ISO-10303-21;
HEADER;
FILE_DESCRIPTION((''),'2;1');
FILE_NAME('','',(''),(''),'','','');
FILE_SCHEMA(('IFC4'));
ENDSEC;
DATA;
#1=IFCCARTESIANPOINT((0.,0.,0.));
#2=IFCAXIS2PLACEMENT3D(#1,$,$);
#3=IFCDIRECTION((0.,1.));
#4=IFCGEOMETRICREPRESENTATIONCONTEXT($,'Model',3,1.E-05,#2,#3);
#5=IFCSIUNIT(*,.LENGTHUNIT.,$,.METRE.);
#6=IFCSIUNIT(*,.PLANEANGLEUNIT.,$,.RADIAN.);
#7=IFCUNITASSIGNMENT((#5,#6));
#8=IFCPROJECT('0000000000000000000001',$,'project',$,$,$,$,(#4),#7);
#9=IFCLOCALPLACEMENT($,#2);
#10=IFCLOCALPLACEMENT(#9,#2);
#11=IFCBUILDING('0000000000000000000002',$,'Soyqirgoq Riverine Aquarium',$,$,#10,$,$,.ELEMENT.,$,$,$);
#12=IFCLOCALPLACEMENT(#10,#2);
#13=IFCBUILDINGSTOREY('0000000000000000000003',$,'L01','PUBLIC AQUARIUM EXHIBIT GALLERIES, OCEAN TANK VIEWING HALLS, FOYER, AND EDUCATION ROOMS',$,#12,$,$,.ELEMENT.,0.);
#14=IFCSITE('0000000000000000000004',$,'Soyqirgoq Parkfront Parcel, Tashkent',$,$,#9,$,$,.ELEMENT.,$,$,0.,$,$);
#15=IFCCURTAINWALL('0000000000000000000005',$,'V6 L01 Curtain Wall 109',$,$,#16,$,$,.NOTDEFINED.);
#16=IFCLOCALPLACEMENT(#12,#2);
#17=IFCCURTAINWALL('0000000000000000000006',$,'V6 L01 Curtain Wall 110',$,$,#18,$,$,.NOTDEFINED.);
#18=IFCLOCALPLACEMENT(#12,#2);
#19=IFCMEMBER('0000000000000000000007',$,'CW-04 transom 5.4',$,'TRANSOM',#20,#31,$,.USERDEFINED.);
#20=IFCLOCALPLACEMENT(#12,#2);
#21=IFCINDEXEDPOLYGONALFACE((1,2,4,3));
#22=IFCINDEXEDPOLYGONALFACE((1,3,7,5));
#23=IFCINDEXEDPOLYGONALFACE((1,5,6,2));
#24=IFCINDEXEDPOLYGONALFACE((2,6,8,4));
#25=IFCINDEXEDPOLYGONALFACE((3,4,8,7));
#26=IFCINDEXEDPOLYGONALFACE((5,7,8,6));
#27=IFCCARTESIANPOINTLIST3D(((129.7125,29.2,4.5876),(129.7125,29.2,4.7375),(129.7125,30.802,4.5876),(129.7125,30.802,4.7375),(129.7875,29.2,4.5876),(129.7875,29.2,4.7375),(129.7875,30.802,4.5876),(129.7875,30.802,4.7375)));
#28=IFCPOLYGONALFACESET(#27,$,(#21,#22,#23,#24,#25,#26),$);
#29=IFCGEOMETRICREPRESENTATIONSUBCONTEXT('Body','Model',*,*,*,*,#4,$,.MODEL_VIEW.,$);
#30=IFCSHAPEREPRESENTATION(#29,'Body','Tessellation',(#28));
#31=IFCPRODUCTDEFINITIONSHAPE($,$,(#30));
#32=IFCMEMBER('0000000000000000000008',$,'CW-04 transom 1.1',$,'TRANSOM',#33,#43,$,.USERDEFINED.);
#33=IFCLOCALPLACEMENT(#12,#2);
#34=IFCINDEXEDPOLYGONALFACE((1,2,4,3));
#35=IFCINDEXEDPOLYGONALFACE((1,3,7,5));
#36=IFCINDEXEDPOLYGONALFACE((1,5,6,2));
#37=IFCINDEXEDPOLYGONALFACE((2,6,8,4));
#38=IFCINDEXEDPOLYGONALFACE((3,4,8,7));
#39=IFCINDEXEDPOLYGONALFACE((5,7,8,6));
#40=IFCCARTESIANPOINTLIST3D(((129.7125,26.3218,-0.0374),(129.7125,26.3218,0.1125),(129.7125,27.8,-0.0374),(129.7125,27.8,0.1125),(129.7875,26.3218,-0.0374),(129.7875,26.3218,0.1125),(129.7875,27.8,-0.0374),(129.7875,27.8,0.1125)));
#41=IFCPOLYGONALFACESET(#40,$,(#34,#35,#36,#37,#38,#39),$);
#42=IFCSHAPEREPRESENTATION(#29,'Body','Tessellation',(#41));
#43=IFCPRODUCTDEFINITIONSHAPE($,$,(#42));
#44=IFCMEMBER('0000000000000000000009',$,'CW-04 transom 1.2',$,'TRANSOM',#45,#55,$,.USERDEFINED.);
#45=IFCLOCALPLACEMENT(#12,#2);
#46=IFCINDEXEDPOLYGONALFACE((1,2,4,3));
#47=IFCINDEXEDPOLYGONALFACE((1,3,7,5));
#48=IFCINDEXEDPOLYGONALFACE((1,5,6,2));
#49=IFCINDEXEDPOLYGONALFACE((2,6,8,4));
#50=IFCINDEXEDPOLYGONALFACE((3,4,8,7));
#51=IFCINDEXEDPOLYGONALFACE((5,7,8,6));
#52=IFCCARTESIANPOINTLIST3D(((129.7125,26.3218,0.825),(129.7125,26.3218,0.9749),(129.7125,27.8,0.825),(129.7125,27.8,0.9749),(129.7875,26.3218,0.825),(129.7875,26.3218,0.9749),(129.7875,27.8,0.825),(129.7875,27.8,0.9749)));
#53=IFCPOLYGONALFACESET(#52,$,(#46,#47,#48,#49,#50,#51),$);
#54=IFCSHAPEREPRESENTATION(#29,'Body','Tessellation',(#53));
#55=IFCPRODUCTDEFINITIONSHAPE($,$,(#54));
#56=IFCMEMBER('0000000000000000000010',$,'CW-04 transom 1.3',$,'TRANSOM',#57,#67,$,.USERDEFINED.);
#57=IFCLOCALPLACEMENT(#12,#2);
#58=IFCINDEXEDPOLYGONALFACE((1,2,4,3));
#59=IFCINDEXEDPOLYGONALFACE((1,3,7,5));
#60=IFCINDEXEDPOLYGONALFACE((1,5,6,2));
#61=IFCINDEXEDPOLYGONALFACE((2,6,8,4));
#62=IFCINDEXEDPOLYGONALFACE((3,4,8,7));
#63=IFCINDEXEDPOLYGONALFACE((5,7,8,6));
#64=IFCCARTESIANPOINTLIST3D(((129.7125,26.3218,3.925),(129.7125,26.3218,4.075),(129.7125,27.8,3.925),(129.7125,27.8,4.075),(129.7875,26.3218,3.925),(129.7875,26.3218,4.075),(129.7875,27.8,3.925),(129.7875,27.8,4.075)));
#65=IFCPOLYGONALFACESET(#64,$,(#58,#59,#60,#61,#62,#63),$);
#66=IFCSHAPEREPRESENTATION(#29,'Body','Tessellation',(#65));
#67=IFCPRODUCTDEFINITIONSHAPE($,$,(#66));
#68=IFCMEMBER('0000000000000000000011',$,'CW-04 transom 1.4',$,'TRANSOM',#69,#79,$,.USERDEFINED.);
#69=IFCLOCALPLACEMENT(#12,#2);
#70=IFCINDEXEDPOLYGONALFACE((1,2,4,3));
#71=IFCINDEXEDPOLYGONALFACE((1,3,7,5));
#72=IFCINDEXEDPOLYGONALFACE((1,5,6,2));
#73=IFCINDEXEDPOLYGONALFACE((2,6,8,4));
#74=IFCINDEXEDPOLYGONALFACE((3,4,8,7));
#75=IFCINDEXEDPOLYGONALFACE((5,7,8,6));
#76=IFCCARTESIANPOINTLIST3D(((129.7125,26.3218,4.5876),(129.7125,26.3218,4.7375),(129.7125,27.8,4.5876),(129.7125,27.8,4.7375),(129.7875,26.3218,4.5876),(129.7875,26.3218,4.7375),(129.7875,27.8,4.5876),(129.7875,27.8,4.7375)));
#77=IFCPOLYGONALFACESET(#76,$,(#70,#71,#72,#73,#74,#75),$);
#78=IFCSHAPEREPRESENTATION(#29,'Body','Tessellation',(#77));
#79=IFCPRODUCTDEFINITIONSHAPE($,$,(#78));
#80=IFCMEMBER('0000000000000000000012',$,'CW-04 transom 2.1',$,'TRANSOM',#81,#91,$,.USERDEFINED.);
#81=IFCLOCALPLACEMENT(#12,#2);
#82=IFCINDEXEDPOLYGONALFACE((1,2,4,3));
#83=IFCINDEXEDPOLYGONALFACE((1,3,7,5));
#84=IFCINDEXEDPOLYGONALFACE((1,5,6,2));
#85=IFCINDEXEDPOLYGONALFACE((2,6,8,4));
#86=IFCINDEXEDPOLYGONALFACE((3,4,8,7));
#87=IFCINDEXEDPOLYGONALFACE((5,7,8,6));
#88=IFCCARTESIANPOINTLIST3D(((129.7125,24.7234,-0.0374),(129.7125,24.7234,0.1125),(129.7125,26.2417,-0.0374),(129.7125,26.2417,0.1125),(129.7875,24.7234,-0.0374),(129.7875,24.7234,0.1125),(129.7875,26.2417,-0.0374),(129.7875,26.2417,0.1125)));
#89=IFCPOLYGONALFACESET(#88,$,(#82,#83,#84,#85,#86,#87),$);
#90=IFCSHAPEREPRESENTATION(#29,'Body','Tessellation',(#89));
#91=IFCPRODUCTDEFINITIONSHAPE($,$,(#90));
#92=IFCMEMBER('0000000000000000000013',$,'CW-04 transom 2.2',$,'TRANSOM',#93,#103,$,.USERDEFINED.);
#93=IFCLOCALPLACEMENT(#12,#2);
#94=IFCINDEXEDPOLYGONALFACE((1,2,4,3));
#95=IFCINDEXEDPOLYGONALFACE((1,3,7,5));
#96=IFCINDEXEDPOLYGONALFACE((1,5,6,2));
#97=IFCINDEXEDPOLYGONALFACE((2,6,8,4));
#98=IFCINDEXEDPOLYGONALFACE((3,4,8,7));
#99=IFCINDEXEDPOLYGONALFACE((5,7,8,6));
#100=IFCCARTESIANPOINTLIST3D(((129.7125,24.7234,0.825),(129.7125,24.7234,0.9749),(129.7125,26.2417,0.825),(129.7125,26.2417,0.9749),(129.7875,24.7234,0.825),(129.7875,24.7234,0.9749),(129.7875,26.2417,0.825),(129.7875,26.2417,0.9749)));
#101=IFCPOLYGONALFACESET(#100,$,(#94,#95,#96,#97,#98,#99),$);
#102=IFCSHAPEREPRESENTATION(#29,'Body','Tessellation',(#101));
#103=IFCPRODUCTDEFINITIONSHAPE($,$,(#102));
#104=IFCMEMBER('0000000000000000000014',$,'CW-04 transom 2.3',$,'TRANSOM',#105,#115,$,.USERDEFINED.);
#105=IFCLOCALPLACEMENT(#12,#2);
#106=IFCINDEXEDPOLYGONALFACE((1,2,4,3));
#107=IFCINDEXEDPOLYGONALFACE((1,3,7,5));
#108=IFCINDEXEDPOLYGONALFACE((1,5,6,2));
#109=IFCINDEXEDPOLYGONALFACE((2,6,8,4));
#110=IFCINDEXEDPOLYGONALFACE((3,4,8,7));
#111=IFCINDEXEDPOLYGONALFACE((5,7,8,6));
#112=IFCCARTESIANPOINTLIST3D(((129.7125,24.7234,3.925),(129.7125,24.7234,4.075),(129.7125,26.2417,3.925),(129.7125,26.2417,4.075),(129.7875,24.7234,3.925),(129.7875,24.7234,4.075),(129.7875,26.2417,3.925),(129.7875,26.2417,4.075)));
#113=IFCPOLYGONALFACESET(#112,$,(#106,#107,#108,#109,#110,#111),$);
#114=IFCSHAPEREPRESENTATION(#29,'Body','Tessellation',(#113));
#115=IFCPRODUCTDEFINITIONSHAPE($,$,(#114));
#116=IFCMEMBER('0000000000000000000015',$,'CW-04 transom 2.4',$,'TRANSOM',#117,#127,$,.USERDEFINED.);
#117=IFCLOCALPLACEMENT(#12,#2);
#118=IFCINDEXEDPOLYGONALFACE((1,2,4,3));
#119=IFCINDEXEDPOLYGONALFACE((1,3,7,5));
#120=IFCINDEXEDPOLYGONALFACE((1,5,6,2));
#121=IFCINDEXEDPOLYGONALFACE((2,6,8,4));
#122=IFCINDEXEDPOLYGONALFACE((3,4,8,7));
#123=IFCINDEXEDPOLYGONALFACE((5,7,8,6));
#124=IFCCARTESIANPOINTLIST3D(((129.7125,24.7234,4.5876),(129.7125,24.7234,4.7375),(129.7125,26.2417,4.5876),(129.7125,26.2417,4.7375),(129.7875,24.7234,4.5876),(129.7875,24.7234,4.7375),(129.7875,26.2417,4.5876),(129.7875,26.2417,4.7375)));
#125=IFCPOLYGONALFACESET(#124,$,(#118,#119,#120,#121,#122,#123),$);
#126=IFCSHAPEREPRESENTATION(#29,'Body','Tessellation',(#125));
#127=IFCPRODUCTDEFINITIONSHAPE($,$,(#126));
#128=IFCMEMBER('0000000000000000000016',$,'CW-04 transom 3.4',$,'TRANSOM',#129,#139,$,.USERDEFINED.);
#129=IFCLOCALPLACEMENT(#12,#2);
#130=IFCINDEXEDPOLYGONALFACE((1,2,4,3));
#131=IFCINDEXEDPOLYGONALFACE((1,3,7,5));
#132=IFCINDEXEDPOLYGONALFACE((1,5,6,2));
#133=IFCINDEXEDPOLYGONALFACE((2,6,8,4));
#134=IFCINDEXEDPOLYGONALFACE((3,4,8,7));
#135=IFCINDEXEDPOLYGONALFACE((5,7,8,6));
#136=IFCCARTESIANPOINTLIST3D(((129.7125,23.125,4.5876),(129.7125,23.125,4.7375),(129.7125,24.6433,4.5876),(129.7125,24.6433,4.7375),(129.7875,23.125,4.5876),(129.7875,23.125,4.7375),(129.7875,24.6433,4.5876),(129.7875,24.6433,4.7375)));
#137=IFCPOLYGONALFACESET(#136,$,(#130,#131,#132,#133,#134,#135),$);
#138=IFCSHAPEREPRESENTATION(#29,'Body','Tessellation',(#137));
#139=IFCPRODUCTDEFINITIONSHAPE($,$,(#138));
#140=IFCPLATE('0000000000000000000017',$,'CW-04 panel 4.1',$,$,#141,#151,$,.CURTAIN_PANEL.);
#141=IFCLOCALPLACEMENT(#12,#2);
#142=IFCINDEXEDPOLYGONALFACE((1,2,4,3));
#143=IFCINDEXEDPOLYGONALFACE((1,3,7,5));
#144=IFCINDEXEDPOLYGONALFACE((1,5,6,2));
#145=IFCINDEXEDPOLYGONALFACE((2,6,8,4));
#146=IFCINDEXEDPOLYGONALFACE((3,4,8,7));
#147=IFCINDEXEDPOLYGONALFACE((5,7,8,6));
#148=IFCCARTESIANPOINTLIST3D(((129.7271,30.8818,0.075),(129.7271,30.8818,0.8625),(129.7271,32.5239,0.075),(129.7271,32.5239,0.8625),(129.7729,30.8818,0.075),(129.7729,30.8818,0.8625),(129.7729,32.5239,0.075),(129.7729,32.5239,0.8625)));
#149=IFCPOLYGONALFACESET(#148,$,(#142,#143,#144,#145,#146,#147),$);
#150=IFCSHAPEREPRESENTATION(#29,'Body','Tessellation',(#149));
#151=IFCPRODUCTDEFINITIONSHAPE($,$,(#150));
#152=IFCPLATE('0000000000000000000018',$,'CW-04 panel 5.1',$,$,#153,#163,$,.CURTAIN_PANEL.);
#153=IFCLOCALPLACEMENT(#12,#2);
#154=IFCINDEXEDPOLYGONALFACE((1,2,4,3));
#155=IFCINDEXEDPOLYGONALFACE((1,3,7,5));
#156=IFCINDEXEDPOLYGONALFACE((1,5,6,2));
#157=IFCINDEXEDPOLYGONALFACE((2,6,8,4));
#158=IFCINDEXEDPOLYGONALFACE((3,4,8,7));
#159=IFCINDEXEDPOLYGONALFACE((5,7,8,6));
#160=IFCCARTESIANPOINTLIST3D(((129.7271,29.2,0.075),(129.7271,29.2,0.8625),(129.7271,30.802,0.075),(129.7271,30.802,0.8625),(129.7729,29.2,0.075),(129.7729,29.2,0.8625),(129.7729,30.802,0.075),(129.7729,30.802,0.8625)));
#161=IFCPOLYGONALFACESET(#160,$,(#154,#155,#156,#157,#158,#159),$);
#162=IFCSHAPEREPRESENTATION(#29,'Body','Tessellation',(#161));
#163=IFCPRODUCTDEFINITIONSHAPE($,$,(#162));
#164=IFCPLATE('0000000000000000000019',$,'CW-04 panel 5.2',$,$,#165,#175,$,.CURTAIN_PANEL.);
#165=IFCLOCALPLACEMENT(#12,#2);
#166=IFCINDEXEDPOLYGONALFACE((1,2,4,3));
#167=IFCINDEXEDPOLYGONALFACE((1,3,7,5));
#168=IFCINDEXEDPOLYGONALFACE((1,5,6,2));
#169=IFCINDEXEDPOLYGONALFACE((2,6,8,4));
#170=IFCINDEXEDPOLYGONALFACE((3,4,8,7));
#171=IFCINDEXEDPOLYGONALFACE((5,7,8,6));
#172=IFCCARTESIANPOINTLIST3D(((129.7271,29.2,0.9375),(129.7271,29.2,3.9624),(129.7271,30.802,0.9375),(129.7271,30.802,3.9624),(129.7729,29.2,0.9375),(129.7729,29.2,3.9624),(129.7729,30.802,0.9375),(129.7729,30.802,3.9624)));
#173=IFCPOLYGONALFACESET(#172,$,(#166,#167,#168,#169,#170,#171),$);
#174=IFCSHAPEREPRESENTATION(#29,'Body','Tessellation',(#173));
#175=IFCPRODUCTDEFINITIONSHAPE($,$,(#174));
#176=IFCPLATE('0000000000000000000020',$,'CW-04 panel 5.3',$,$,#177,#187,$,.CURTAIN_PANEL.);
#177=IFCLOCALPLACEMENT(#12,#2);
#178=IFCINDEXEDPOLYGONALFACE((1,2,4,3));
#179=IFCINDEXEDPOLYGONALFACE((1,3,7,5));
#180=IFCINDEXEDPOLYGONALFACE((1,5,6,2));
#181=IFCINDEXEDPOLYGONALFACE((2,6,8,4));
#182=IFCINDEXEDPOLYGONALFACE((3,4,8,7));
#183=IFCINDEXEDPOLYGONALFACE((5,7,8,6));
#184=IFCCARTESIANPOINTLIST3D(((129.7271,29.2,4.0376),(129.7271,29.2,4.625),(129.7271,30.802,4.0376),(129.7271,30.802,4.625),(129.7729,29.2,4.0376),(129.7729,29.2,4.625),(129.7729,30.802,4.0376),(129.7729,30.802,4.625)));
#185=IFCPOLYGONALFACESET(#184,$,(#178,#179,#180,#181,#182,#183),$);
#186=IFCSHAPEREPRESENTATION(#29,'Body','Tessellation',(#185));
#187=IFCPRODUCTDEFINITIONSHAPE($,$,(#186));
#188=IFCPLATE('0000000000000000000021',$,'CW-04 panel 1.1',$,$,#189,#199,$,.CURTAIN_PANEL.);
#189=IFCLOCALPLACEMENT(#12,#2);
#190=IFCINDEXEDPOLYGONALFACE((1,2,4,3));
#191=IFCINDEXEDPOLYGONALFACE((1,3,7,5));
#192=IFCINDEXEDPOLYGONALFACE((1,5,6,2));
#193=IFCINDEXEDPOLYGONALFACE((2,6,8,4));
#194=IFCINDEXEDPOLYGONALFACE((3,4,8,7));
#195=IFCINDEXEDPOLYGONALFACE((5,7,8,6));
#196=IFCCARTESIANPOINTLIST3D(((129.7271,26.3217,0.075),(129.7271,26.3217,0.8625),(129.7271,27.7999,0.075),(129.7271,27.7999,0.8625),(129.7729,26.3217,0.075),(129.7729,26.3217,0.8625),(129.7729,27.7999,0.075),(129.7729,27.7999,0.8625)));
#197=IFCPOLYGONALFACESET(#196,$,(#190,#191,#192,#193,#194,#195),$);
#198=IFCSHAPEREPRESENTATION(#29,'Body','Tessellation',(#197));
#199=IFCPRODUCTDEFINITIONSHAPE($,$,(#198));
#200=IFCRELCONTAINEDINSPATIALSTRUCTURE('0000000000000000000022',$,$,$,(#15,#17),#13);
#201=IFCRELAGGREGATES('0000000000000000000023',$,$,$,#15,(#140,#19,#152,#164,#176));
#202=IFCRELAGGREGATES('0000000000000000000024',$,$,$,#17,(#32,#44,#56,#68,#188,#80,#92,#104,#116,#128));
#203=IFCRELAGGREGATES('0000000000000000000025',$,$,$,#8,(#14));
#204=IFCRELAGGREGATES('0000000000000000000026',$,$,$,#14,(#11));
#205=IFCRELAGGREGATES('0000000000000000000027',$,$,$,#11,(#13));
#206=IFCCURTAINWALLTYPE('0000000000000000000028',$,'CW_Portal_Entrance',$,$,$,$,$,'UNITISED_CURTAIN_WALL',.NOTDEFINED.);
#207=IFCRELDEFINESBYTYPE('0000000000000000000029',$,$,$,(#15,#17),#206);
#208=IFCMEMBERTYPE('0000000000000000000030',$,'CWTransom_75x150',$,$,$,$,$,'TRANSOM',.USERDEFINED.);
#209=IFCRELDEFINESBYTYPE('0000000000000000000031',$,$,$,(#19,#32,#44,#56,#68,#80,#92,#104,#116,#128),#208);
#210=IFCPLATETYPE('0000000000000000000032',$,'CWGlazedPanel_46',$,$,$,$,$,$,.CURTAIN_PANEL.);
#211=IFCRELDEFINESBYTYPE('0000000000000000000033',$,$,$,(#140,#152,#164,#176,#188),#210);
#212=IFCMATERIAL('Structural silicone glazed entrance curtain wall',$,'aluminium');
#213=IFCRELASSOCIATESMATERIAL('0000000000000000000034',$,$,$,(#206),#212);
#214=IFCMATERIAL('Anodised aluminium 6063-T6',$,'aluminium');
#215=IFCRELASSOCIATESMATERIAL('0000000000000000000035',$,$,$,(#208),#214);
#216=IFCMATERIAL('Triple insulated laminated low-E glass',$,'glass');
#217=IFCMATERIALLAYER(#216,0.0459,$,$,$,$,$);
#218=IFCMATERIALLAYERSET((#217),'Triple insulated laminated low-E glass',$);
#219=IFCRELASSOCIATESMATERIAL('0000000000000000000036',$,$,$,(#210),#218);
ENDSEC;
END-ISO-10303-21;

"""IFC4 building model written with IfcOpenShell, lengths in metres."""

from ifc_helpers import new_model, si_unit, direction, frame, origin, origin_2d, place, context, subcontext, project, spatial, rectangle, extrude, material, layer, layer_set, material_profile, profile_set, type_object, element, aggregate, save


model = new_model("IFC4")

# Units and contexts
model_context = context("Model", 3, precision=1e-05, world=origin(), true_north=direction((0.0, 1.0)))
body_context = subcontext(model_context, "Body", "Model", "MODEL_VIEW")
ifc_project = project(units=[si_unit("LENGTHUNIT", "METRE"), si_unit("PLANEANGLEUNIT", "RADIAN")], contexts=[model_context])

# Site, building, storey
site_placement = place(None, origin())
site = spatial("IfcSite", under=ifc_project, at=site_placement, Name="Soyqirgoq Parkfront Parcel, Tashkent", CompositionType="ELEMENT", RefElevation=0.0)
building_placement = place(site_placement, origin())
building = spatial("IfcBuilding", under=site, at=building_placement, Name="Soyqirgoq Riverine Aquarium", CompositionType="ELEMENT")
storey_placement = place(building_placement, origin())
storey = spatial("IfcBuildingStorey", under=building, at=storey_placement, Name="L01", Description="PUBLIC AQUARIUM EXHIBIT GALLERIES, OCEAN TANK VIEWING HALLS, FOYER, AND EDUCATION ROOMS", CompositionType="ELEMENT", Elevation=0.0)

# Curtain walls
ifc_material_1 = material(Name="Structural silicone glazed entrance curtain wall", Category="aluminium")
curtain_wall_type = type_object("IfcCurtainWallType", Name="CW_Portal_Entrance", ElementType="UNITISED_CURTAIN_WALL", PredefinedType="NOTDEFINED", material=ifc_material_1)
curtain_wall_1_placement = place(storey_placement, origin())
curtain_wall_1 = element("IfcCurtainWall", 1, at=curtain_wall_1_placement, inside=storey, type_object=curtain_wall_type, Name="V6 L01 Curtain Wall 109", PredefinedType="NOTDEFINED")
curtain_wall_2_placement = place(storey_placement, origin())
curtain_wall_2 = element("IfcCurtainWall", 2, at=curtain_wall_2_placement, inside=storey, type_object=curtain_wall_type, Name="V6 L01 Curtain Wall 110", PredefinedType="NOTDEFINED")

# Members
ifc_material_2 = material(Name="Anodised aluminium 6063-T6", Category="aluminium")
ifc_material_profile_1 = material_profile(ifc_material_2, rectangle(XDim=0.075, YDim=0.1499, at=origin_2d()), Name="ALU-T 75x150")
ifc_profile_set_1 = profile_set([ifc_material_profile_1], Name="Anodised aluminium 6063-T6")
member_type_1 = type_object("IfcMemberType", Name="CWTransom_75x150", ElementType="TRANSOM", PredefinedType="USERDEFINED", material=ifc_profile_set_1)
member_1_placement = place(storey_placement, frame((129.75, 30.802, 4.6626), z_axis=(0.0, -1.0, 0.0), x_axis=(1.0, 0.0, 0.0)))
member_1 = element("IfcMember", 3, at=member_1_placement, type_object=member_type_1, Name="CW-04 transom 5.4", ObjectType="TRANSOM", PredefinedType="USERDEFINED", context=body_context, shape_type="SweptSolid", body=[
    extrude(rectangle(XDim=0.075, YDim=0.1499, at=origin_2d()), origin(), (0.0, 0.0, 1.0), 1.6021),
])
member_2_placement = place(storey_placement, frame((129.75, 27.8, 0.0376), z_axis=(0.0, -1.0, 0.0), x_axis=(1.0, 0.0, 0.0)))
member_2 = element("IfcMember", 4, at=member_2_placement, type_object=member_type_1, Name="CW-04 transom 1.1", ObjectType="TRANSOM", PredefinedType="USERDEFINED", context=body_context, shape_type="SweptSolid", body=[
    extrude(rectangle(XDim=0.075, YDim=0.1499, at=origin_2d()), origin(), (0.0, 0.0, 1.0), 1.4783),
])
member_3_placement = place(storey_placement, frame((129.75, 27.8, 0.8999), z_axis=(0.0, -1.0, 0.0), x_axis=(1.0, 0.0, 0.0)))
member_3 = element("IfcMember", 5, at=member_3_placement, type_object=member_type_1, Name="CW-04 transom 1.2", ObjectType="TRANSOM", PredefinedType="USERDEFINED", context=body_context, shape_type="SweptSolid", body=[
    extrude(rectangle(XDim=0.075, YDim=0.1499, at=origin_2d()), origin(), (0.0, 0.0, 1.0), 1.4783),
])
member_4_placement = place(storey_placement, frame((129.75, 27.8, 4.0), z_axis=(0.0, -1.0, 0.0), x_axis=(1.0, 0.0, 0.0)))
member_4 = element("IfcMember", 6, at=member_4_placement, type_object=member_type_1, Name="CW-04 transom 1.3", ObjectType="TRANSOM", PredefinedType="USERDEFINED", context=body_context, shape_type="SweptSolid", body=[
    extrude(rectangle(XDim=0.075, YDim=0.1499, at=origin_2d()), origin(), (0.0, 0.0, 1.0), 1.4783),
])
member_5_placement = place(storey_placement, frame((129.75, 27.8, 4.6626), z_axis=(0.0, -1.0, 0.0), x_axis=(1.0, 0.0, 0.0)))
member_5 = element("IfcMember", 7, at=member_5_placement, type_object=member_type_1, Name="CW-04 transom 1.4", ObjectType="TRANSOM", PredefinedType="USERDEFINED", context=body_context, shape_type="SweptSolid", body=[
    extrude(rectangle(XDim=0.075, YDim=0.1499, at=origin_2d()), origin(), (0.0, 0.0, 1.0), 1.4783),
])
member_6_placement = place(storey_placement, frame((129.75, 26.2417, 0.0376), z_axis=(0.0, -1.0, 0.0), x_axis=(1.0, 0.0, 0.0)))
member_6 = element("IfcMember", 8, at=member_6_placement, type_object=member_type_1, Name="CW-04 transom 2.1", ObjectType="TRANSOM", PredefinedType="USERDEFINED", context=body_context, shape_type="SweptSolid", body=[
    extrude(rectangle(XDim=0.075, YDim=0.1499, at=origin_2d()), origin(), (0.0, 0.0, 1.0), 1.5183),
])
member_7_placement = place(storey_placement, frame((129.75, 26.2417, 0.8999), z_axis=(0.0, -1.0, 0.0), x_axis=(1.0, 0.0, 0.0)))
member_7 = element("IfcMember", 9, at=member_7_placement, type_object=member_type_1, Name="CW-04 transom 2.2", ObjectType="TRANSOM", PredefinedType="USERDEFINED", context=body_context, shape_type="SweptSolid", body=[
    extrude(rectangle(XDim=0.075, YDim=0.1499, at=origin_2d()), origin(), (0.0, 0.0, 1.0), 1.5183),
])
member_8_placement = place(storey_placement, frame((129.75, 26.2417, 4.0), z_axis=(0.0, -1.0, 0.0), x_axis=(1.0, 0.0, 0.0)))
member_8 = element("IfcMember", 10, at=member_8_placement, type_object=member_type_1, Name="CW-04 transom 2.3", ObjectType="TRANSOM", PredefinedType="USERDEFINED", context=body_context, shape_type="SweptSolid", body=[
    extrude(rectangle(XDim=0.075, YDim=0.1499, at=origin_2d()), origin(), (0.0, 0.0, 1.0), 1.5183),
])
member_9_placement = place(storey_placement, frame((129.75, 26.2417, 4.6626), z_axis=(0.0, -1.0, 0.0), x_axis=(1.0, 0.0, 0.0)))
member_9 = element("IfcMember", 11, at=member_9_placement, type_object=member_type_1, Name="CW-04 transom 2.4", ObjectType="TRANSOM", PredefinedType="USERDEFINED", context=body_context, shape_type="SweptSolid", body=[
    extrude(rectangle(XDim=0.075, YDim=0.1499, at=origin_2d()), origin(), (0.0, 0.0, 1.0), 1.5183),
])
member_10_placement = place(storey_placement, frame((129.75, 24.6433, 4.6626), z_axis=(0.0, -1.0, 0.0), x_axis=(1.0, 0.0, 0.0)))
member_10 = element("IfcMember", 12, at=member_10_placement, type_object=member_type_1, Name="CW-04 transom 3.4", ObjectType="TRANSOM", PredefinedType="USERDEFINED", context=body_context, shape_type="SweptSolid", body=[
    extrude(rectangle(XDim=0.075, YDim=0.1499, at=origin_2d()), origin(), (0.0, 0.0, 1.0), 1.5183),
])

# Plates
ifc_material_3 = material(Name="Triple insulated laminated low-E glass", Category="glass")
ifc_layer = layer(ifc_material_3, 0.0459)
ifc_layer_set = layer_set([ifc_layer], Name="Triple insulated laminated low-E glass")
plate_type = type_object("IfcPlateType", Name="CWGlazedPanel_46", PredefinedType="CURTAIN_PANEL", material=ifc_layer_set)
plate_1_placement = place(storey_placement, frame((129.75, 31.7029, 0.075), z_axis=(0.0, 0.0, 1.0), x_axis=(0.0, -1.0, 0.0)))
plate_1 = element("IfcPlate", 13, at=plate_1_placement, type_object=plate_type, Name="CW-04 panel 4.1", PredefinedType="CURTAIN_PANEL", context=body_context, shape_type="SweptSolid", body=[
    extrude(rectangle(XDim=1.6421, YDim=0.0459, at=origin_2d()), origin(), (0.0, 0.0, 1.0), 0.7876),
])
plate_2_placement = place(storey_placement, frame((129.75, 30.001, 0.075), z_axis=(0.0, 0.0, 1.0), x_axis=(0.0, -1.0, 0.0)))
plate_2 = element("IfcPlate", 14, at=plate_2_placement, type_object=plate_type, Name="CW-04 panel 5.1", PredefinedType="CURTAIN_PANEL", context=body_context, shape_type="SweptSolid", body=[
    extrude(rectangle(XDim=1.6021, YDim=0.0459, at=origin_2d()), origin(), (0.0, 0.0, 1.0), 0.7876),
])
plate_3_placement = place(storey_placement, frame((129.75, 30.001, 0.9375), z_axis=(0.0, 0.0, 1.0), x_axis=(0.0, -1.0, 0.0)))
plate_3 = element("IfcPlate", 15, at=plate_3_placement, type_object=plate_type, Name="CW-04 panel 5.2", PredefinedType="CURTAIN_PANEL", context=body_context, shape_type="SweptSolid", body=[
    extrude(rectangle(XDim=1.6021, YDim=0.0459, at=origin_2d()), origin(), (0.0, 0.0, 1.0), 3.0249),
])
plate_4_placement = place(storey_placement, frame((129.75, 30.001, 4.0376), z_axis=(0.0, 0.0, 1.0), x_axis=(0.0, -1.0, 0.0)))
plate_4 = element("IfcPlate", 16, at=plate_4_placement, type_object=plate_type, Name="CW-04 panel 5.3", PredefinedType="CURTAIN_PANEL", context=body_context, shape_type="SweptSolid", body=[
    extrude(rectangle(XDim=1.6021, YDim=0.0459, at=origin_2d()), origin(), (0.0, 0.0, 1.0), 0.5874),
])
aggregate(curtain_wall_1, [plate_1, member_1, plate_2, plate_3, plate_4])
plate_5_placement = place(storey_placement, frame((129.75, 27.0608, 0.075), z_axis=(0.0, 0.0, 1.0), x_axis=(0.0, -1.0, 0.0)))
plate_5 = element("IfcPlate", 17, at=plate_5_placement, type_object=plate_type, Name="CW-04 panel 1.1", PredefinedType="CURTAIN_PANEL", context=body_context, shape_type="SweptSolid", body=[
    extrude(rectangle(XDim=1.4783, YDim=0.0459, at=origin_2d()), origin(), (0.0, 0.0, 1.0), 0.7876),
])
aggregate(curtain_wall_2, [member_2, member_3, member_4, member_5, plate_5, member_6, member_7, member_8, member_9, member_10])

save(model, "model.ifc")
